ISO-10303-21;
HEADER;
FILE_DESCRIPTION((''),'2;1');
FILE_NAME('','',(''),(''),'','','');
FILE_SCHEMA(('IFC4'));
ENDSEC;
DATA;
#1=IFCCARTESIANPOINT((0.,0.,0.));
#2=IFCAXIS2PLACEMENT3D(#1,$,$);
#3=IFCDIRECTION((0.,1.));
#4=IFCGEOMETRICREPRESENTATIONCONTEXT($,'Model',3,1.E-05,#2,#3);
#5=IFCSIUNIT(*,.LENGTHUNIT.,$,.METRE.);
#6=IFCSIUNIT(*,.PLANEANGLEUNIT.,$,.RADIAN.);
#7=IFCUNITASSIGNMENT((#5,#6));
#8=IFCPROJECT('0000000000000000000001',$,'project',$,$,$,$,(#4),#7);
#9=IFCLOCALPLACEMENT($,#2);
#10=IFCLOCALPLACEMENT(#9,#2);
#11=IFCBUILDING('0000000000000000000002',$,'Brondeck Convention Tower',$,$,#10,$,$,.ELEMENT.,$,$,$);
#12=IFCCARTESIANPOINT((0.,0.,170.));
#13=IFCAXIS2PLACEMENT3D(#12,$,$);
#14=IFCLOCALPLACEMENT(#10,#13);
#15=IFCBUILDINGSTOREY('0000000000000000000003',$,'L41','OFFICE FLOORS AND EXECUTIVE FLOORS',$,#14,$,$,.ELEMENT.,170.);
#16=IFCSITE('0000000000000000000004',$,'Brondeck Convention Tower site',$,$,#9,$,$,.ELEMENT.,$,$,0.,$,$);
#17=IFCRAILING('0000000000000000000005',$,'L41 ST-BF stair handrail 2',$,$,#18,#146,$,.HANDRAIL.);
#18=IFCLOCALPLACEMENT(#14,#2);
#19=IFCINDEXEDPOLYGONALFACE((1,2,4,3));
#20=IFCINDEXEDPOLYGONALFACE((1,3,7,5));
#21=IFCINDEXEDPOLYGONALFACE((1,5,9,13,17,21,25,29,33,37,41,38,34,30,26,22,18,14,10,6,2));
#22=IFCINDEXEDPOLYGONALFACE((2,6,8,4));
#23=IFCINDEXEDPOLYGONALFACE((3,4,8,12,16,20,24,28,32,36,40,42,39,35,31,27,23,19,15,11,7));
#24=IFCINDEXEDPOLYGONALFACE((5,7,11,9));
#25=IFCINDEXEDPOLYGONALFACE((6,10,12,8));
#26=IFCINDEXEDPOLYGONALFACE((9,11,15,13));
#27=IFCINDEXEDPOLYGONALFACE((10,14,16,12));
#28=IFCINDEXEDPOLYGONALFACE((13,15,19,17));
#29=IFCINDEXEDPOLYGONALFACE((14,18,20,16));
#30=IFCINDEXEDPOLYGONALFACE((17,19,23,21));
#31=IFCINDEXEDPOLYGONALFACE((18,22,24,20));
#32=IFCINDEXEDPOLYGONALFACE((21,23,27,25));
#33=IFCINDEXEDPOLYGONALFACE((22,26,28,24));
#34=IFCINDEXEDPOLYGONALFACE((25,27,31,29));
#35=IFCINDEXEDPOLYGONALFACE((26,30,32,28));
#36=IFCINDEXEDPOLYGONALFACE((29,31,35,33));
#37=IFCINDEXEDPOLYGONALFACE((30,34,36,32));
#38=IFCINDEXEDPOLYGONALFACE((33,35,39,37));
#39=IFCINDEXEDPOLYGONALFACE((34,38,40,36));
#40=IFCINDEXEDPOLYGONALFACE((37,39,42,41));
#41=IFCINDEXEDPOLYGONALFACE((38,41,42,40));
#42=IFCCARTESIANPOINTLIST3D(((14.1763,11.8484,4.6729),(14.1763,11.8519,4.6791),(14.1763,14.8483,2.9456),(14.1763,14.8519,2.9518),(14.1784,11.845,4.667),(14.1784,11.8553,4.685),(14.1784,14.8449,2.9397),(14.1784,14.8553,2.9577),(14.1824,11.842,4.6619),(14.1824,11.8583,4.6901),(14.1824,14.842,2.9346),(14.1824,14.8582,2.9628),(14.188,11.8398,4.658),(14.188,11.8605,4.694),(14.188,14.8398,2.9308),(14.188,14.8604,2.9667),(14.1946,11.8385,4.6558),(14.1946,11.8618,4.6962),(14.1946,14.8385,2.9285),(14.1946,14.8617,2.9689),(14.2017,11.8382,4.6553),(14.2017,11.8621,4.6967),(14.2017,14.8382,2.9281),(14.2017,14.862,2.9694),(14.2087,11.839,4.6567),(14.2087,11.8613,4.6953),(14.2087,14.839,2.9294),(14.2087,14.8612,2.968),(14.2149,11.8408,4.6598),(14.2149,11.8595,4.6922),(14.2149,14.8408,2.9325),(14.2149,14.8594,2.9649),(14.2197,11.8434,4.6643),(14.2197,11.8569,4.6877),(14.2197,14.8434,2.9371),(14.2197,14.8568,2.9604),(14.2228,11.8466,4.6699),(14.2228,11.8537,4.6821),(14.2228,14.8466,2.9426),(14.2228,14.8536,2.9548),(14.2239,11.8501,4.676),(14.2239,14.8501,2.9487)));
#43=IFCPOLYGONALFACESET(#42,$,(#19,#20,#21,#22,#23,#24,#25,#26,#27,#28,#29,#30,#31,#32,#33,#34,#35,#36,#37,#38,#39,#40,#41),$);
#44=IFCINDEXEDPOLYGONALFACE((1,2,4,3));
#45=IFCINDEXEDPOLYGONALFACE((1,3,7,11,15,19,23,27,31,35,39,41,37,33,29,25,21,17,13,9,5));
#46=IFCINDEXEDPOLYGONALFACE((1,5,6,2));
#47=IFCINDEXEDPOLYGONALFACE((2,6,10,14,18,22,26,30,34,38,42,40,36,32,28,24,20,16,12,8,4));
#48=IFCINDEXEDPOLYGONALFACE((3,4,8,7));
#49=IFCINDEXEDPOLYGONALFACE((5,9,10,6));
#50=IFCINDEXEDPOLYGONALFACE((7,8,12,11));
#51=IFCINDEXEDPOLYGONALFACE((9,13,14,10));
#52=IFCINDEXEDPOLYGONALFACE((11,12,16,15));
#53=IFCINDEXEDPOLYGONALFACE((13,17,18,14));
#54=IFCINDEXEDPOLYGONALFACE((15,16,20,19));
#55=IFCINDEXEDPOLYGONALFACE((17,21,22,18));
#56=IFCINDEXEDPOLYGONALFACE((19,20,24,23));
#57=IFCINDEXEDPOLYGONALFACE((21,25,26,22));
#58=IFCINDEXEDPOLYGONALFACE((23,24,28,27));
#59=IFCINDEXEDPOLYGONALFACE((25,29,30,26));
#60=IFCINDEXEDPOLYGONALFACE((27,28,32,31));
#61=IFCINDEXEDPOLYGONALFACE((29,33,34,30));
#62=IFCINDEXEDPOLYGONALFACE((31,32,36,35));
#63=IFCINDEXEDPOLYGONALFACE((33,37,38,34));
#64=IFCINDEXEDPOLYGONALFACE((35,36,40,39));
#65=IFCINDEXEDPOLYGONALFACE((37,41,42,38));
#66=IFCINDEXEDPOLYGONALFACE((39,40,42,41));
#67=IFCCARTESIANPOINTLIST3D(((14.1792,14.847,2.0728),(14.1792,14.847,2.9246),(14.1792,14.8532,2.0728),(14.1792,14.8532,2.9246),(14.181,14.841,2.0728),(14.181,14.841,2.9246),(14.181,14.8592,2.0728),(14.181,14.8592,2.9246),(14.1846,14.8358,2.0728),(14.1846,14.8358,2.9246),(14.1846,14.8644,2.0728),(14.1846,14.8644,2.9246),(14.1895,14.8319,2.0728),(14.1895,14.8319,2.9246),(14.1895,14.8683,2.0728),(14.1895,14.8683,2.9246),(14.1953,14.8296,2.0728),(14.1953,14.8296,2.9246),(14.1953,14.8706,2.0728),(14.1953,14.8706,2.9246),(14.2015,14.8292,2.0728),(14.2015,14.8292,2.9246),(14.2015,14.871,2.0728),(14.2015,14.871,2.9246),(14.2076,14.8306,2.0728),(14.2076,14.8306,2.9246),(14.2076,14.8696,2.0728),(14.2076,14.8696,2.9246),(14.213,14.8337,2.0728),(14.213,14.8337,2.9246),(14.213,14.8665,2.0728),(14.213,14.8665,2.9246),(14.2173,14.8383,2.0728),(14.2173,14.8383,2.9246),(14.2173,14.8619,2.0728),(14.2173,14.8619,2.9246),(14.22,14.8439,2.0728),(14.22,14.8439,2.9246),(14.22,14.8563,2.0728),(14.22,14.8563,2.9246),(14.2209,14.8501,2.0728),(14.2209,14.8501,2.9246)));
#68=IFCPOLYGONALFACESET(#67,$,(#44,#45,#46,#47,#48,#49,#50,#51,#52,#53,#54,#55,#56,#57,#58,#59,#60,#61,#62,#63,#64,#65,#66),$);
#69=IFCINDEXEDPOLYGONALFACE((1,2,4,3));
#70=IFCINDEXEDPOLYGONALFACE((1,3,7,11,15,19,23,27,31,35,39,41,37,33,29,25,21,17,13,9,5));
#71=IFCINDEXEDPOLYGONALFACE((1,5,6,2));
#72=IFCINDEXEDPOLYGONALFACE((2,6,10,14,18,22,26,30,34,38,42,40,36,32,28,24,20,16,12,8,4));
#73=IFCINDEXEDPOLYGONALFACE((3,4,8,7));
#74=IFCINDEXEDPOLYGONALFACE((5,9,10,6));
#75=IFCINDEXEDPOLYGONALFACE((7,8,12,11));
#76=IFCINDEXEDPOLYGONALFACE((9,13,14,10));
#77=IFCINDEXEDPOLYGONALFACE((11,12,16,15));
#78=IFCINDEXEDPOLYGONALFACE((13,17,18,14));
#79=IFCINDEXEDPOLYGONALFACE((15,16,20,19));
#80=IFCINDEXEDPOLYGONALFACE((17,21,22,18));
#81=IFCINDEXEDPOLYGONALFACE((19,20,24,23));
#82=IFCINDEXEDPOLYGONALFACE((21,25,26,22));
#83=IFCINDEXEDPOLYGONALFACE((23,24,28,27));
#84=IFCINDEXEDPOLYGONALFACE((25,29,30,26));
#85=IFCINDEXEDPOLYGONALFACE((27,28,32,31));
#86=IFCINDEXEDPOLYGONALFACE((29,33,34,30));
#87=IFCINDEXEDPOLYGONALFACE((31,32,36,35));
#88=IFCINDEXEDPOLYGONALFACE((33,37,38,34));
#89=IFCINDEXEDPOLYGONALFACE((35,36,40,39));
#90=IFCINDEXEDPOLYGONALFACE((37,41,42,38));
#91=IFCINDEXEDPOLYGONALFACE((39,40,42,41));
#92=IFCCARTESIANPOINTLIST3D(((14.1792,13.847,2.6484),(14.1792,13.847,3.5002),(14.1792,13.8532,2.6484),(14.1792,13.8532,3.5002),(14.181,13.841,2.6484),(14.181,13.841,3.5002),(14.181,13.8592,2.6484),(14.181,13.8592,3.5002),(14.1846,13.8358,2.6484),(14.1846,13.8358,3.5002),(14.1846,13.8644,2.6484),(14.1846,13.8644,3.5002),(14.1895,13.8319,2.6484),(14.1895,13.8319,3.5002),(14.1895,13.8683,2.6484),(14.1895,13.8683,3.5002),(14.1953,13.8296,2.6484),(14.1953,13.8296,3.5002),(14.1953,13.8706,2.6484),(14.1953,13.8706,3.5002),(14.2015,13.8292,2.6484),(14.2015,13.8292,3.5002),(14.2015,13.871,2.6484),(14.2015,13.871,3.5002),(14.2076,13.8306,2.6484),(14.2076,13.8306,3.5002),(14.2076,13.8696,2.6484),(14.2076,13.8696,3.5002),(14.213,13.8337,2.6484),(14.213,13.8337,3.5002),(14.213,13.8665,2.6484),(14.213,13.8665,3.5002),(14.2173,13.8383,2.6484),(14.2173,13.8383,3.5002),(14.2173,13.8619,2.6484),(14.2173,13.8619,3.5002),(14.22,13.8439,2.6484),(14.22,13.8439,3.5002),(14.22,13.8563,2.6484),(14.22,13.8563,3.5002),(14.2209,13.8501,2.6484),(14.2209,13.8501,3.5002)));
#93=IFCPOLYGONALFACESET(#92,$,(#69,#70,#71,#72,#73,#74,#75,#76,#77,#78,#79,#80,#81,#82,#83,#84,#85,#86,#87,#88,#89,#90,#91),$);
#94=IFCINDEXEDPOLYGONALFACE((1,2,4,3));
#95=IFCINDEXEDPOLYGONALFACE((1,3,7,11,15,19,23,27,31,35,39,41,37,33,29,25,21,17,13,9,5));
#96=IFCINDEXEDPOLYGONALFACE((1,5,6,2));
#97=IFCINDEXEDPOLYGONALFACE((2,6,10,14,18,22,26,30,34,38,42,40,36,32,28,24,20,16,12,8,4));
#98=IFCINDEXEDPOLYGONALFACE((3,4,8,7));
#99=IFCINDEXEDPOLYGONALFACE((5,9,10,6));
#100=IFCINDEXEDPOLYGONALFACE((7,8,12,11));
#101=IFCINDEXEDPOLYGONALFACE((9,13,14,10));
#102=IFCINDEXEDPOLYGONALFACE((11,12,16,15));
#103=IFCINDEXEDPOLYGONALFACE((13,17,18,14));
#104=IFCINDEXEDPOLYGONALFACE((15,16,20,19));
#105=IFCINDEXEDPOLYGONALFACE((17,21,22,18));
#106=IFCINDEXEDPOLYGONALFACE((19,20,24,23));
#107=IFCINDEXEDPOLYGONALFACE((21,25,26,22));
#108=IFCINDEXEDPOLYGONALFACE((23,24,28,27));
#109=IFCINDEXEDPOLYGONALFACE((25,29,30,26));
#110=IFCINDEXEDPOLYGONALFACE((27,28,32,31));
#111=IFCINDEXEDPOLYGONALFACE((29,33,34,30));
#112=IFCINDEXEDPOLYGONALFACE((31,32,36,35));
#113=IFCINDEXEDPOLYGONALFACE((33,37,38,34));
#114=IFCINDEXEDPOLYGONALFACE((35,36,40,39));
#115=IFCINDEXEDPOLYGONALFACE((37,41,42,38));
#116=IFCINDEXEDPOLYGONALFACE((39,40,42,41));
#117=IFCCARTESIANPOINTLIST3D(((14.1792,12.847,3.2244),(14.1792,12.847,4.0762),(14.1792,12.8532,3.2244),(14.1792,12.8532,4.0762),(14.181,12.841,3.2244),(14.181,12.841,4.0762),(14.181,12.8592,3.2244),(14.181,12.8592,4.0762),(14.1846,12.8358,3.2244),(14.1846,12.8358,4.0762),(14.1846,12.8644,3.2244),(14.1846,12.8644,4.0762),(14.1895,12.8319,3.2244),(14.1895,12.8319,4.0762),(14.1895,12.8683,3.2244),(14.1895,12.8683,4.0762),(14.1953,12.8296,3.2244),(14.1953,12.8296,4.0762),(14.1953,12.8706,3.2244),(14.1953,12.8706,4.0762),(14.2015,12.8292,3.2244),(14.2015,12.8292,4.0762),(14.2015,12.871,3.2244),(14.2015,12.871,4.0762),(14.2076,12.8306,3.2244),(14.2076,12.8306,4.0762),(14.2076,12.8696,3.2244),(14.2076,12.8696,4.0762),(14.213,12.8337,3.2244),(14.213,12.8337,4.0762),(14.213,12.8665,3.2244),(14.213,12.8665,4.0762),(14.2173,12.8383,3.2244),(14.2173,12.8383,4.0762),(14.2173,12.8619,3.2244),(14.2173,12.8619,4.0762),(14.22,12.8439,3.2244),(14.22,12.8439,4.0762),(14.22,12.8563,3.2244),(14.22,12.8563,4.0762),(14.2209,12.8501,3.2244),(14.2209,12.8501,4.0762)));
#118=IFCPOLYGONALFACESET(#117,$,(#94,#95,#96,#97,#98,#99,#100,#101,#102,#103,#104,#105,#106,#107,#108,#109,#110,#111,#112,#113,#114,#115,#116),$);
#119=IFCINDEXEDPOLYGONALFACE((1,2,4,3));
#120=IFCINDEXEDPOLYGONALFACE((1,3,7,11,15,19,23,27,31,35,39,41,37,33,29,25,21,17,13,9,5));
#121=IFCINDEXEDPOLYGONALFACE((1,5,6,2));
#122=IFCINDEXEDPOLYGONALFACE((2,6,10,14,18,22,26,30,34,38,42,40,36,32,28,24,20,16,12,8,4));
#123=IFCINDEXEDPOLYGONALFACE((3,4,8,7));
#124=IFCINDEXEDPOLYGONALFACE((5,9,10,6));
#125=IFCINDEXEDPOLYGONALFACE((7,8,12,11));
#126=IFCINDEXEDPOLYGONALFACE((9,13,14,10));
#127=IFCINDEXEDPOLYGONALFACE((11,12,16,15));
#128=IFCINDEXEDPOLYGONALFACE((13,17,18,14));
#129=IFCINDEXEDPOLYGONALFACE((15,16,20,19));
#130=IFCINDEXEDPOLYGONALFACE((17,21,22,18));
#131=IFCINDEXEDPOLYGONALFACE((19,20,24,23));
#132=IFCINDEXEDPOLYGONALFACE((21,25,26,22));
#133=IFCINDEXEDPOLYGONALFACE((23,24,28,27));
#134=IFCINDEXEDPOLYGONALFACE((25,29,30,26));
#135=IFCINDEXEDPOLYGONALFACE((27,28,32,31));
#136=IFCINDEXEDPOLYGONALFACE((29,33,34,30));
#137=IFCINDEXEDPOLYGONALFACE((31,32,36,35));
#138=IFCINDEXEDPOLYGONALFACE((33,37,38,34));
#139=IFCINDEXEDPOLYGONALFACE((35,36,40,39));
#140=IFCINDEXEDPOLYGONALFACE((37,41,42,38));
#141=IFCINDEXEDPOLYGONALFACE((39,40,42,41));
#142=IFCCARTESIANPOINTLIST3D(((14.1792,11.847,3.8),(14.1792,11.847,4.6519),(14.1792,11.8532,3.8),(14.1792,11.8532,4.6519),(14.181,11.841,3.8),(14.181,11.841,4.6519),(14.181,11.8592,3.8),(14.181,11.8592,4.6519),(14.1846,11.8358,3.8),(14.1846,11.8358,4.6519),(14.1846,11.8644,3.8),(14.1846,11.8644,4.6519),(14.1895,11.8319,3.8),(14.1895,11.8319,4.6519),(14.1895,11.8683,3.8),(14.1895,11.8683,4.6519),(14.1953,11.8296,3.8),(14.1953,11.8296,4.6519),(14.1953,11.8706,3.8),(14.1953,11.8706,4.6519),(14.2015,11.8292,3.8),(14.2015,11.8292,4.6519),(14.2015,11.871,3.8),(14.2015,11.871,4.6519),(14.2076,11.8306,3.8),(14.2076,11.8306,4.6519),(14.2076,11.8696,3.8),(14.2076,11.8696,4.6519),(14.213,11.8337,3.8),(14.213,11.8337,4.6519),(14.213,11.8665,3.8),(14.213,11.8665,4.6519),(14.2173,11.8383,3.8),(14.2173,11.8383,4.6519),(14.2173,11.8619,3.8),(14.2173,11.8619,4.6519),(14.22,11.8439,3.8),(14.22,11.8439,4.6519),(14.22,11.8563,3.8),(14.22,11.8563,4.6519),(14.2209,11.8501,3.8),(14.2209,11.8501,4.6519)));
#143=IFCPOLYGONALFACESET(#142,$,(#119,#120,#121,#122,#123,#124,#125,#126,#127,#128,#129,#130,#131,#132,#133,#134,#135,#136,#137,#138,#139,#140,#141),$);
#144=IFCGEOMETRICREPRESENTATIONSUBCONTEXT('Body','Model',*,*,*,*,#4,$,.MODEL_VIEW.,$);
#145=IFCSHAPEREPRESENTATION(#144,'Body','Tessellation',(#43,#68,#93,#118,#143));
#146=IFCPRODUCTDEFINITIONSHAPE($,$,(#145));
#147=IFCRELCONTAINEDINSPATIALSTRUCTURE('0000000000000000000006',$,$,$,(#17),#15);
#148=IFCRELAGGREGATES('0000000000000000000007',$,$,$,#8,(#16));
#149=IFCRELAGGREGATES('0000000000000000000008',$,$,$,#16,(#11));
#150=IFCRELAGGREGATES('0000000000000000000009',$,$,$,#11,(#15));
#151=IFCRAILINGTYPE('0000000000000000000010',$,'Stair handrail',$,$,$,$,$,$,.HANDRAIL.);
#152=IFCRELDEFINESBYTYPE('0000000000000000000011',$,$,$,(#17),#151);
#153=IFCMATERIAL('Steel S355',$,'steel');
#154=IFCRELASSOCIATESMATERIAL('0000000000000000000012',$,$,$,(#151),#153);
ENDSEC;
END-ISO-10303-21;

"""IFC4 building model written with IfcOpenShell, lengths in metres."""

from ifc_helpers import new_model, si_unit, direction, frame, origin, origin_2d, place, context, subcontext, project, spatial, circle, extrude, material, type_object, element, save


model = new_model("IFC4")

# Units and contexts
model_context = context("Model", 3, precision=1e-05, world=origin(), true_north=direction((0.0, 1.0)))
body_context = subcontext(model_context, "Body", "Model", "MODEL_VIEW")
ifc_project = project(units=[si_unit("LENGTHUNIT", "METRE"), si_unit("PLANEANGLEUNIT", "RADIAN")], contexts=[model_context])

# Site, building, storey
site_placement = place(None, origin())
site = spatial("IfcSite", under=ifc_project, at=site_placement, Name="Brondeck Convention Tower site", CompositionType="ELEMENT", RefElevation=0.0)
building_placement = place(site_placement, origin())
building = spatial("IfcBuilding", under=site, at=building_placement, Name="Brondeck Convention Tower", CompositionType="ELEMENT")
storey_placement = place(building_placement, frame((0.0, 0.0, 170.0)))
storey = spatial("IfcBuildingStorey", under=building, at=storey_placement, Name="L41", Description="OFFICE FLOORS AND EXECUTIVE FLOORS", CompositionType="ELEMENT", Elevation=170.0)

# Shared definitions
ifc_material_1 = material(Name="Steel S355", Category="steel")

# Railing
railing_type_1 = type_object("IfcRailingType", Name="Stair handrail", PredefinedType="HANDRAIL", material=ifc_material_1)
railing_1_placement = place(storey_placement, frame((14.2, 14.8501, 2.0728)))
element("IfcRailing", 1, at=railing_1_placement, inside=storey, type_object=railing_type_1, Name="L41 ST-BF stair handrail 2", PredefinedType="HANDRAIL", context=body_context, shape_type="SweptSolid", body=[
    extrude(circle(Radius=0.0239, at=origin_2d()), frame((0.0, 0.0, 0.876), z_axis=(0.0, -0.86662, 0.498969), x_axis=(1.0, 0.0, 0.0)), (0.0, 0.0, 1.0), 3.4617),
    extrude(circle(Radius=0.021, at=origin_2d()), origin(), (0.0, 0.0, 1.0), 0.8518),
    extrude(circle(Radius=0.021, at=origin_2d()), frame((0.0, -1.0, 0.5757)), (0.0, 0.0, 1.0), 0.8518),
    extrude(circle(Radius=0.021, at=origin_2d()), frame((0.0, -2.0, 1.1516)), (0.0, 0.0, 1.0), 0.8518),
    extrude(circle(Radius=0.021, at=origin_2d()), frame((0.0, -3.0, 1.7273)), (0.0, 0.0, 1.0), 0.8518),
])

save(model, "model.ifc")
